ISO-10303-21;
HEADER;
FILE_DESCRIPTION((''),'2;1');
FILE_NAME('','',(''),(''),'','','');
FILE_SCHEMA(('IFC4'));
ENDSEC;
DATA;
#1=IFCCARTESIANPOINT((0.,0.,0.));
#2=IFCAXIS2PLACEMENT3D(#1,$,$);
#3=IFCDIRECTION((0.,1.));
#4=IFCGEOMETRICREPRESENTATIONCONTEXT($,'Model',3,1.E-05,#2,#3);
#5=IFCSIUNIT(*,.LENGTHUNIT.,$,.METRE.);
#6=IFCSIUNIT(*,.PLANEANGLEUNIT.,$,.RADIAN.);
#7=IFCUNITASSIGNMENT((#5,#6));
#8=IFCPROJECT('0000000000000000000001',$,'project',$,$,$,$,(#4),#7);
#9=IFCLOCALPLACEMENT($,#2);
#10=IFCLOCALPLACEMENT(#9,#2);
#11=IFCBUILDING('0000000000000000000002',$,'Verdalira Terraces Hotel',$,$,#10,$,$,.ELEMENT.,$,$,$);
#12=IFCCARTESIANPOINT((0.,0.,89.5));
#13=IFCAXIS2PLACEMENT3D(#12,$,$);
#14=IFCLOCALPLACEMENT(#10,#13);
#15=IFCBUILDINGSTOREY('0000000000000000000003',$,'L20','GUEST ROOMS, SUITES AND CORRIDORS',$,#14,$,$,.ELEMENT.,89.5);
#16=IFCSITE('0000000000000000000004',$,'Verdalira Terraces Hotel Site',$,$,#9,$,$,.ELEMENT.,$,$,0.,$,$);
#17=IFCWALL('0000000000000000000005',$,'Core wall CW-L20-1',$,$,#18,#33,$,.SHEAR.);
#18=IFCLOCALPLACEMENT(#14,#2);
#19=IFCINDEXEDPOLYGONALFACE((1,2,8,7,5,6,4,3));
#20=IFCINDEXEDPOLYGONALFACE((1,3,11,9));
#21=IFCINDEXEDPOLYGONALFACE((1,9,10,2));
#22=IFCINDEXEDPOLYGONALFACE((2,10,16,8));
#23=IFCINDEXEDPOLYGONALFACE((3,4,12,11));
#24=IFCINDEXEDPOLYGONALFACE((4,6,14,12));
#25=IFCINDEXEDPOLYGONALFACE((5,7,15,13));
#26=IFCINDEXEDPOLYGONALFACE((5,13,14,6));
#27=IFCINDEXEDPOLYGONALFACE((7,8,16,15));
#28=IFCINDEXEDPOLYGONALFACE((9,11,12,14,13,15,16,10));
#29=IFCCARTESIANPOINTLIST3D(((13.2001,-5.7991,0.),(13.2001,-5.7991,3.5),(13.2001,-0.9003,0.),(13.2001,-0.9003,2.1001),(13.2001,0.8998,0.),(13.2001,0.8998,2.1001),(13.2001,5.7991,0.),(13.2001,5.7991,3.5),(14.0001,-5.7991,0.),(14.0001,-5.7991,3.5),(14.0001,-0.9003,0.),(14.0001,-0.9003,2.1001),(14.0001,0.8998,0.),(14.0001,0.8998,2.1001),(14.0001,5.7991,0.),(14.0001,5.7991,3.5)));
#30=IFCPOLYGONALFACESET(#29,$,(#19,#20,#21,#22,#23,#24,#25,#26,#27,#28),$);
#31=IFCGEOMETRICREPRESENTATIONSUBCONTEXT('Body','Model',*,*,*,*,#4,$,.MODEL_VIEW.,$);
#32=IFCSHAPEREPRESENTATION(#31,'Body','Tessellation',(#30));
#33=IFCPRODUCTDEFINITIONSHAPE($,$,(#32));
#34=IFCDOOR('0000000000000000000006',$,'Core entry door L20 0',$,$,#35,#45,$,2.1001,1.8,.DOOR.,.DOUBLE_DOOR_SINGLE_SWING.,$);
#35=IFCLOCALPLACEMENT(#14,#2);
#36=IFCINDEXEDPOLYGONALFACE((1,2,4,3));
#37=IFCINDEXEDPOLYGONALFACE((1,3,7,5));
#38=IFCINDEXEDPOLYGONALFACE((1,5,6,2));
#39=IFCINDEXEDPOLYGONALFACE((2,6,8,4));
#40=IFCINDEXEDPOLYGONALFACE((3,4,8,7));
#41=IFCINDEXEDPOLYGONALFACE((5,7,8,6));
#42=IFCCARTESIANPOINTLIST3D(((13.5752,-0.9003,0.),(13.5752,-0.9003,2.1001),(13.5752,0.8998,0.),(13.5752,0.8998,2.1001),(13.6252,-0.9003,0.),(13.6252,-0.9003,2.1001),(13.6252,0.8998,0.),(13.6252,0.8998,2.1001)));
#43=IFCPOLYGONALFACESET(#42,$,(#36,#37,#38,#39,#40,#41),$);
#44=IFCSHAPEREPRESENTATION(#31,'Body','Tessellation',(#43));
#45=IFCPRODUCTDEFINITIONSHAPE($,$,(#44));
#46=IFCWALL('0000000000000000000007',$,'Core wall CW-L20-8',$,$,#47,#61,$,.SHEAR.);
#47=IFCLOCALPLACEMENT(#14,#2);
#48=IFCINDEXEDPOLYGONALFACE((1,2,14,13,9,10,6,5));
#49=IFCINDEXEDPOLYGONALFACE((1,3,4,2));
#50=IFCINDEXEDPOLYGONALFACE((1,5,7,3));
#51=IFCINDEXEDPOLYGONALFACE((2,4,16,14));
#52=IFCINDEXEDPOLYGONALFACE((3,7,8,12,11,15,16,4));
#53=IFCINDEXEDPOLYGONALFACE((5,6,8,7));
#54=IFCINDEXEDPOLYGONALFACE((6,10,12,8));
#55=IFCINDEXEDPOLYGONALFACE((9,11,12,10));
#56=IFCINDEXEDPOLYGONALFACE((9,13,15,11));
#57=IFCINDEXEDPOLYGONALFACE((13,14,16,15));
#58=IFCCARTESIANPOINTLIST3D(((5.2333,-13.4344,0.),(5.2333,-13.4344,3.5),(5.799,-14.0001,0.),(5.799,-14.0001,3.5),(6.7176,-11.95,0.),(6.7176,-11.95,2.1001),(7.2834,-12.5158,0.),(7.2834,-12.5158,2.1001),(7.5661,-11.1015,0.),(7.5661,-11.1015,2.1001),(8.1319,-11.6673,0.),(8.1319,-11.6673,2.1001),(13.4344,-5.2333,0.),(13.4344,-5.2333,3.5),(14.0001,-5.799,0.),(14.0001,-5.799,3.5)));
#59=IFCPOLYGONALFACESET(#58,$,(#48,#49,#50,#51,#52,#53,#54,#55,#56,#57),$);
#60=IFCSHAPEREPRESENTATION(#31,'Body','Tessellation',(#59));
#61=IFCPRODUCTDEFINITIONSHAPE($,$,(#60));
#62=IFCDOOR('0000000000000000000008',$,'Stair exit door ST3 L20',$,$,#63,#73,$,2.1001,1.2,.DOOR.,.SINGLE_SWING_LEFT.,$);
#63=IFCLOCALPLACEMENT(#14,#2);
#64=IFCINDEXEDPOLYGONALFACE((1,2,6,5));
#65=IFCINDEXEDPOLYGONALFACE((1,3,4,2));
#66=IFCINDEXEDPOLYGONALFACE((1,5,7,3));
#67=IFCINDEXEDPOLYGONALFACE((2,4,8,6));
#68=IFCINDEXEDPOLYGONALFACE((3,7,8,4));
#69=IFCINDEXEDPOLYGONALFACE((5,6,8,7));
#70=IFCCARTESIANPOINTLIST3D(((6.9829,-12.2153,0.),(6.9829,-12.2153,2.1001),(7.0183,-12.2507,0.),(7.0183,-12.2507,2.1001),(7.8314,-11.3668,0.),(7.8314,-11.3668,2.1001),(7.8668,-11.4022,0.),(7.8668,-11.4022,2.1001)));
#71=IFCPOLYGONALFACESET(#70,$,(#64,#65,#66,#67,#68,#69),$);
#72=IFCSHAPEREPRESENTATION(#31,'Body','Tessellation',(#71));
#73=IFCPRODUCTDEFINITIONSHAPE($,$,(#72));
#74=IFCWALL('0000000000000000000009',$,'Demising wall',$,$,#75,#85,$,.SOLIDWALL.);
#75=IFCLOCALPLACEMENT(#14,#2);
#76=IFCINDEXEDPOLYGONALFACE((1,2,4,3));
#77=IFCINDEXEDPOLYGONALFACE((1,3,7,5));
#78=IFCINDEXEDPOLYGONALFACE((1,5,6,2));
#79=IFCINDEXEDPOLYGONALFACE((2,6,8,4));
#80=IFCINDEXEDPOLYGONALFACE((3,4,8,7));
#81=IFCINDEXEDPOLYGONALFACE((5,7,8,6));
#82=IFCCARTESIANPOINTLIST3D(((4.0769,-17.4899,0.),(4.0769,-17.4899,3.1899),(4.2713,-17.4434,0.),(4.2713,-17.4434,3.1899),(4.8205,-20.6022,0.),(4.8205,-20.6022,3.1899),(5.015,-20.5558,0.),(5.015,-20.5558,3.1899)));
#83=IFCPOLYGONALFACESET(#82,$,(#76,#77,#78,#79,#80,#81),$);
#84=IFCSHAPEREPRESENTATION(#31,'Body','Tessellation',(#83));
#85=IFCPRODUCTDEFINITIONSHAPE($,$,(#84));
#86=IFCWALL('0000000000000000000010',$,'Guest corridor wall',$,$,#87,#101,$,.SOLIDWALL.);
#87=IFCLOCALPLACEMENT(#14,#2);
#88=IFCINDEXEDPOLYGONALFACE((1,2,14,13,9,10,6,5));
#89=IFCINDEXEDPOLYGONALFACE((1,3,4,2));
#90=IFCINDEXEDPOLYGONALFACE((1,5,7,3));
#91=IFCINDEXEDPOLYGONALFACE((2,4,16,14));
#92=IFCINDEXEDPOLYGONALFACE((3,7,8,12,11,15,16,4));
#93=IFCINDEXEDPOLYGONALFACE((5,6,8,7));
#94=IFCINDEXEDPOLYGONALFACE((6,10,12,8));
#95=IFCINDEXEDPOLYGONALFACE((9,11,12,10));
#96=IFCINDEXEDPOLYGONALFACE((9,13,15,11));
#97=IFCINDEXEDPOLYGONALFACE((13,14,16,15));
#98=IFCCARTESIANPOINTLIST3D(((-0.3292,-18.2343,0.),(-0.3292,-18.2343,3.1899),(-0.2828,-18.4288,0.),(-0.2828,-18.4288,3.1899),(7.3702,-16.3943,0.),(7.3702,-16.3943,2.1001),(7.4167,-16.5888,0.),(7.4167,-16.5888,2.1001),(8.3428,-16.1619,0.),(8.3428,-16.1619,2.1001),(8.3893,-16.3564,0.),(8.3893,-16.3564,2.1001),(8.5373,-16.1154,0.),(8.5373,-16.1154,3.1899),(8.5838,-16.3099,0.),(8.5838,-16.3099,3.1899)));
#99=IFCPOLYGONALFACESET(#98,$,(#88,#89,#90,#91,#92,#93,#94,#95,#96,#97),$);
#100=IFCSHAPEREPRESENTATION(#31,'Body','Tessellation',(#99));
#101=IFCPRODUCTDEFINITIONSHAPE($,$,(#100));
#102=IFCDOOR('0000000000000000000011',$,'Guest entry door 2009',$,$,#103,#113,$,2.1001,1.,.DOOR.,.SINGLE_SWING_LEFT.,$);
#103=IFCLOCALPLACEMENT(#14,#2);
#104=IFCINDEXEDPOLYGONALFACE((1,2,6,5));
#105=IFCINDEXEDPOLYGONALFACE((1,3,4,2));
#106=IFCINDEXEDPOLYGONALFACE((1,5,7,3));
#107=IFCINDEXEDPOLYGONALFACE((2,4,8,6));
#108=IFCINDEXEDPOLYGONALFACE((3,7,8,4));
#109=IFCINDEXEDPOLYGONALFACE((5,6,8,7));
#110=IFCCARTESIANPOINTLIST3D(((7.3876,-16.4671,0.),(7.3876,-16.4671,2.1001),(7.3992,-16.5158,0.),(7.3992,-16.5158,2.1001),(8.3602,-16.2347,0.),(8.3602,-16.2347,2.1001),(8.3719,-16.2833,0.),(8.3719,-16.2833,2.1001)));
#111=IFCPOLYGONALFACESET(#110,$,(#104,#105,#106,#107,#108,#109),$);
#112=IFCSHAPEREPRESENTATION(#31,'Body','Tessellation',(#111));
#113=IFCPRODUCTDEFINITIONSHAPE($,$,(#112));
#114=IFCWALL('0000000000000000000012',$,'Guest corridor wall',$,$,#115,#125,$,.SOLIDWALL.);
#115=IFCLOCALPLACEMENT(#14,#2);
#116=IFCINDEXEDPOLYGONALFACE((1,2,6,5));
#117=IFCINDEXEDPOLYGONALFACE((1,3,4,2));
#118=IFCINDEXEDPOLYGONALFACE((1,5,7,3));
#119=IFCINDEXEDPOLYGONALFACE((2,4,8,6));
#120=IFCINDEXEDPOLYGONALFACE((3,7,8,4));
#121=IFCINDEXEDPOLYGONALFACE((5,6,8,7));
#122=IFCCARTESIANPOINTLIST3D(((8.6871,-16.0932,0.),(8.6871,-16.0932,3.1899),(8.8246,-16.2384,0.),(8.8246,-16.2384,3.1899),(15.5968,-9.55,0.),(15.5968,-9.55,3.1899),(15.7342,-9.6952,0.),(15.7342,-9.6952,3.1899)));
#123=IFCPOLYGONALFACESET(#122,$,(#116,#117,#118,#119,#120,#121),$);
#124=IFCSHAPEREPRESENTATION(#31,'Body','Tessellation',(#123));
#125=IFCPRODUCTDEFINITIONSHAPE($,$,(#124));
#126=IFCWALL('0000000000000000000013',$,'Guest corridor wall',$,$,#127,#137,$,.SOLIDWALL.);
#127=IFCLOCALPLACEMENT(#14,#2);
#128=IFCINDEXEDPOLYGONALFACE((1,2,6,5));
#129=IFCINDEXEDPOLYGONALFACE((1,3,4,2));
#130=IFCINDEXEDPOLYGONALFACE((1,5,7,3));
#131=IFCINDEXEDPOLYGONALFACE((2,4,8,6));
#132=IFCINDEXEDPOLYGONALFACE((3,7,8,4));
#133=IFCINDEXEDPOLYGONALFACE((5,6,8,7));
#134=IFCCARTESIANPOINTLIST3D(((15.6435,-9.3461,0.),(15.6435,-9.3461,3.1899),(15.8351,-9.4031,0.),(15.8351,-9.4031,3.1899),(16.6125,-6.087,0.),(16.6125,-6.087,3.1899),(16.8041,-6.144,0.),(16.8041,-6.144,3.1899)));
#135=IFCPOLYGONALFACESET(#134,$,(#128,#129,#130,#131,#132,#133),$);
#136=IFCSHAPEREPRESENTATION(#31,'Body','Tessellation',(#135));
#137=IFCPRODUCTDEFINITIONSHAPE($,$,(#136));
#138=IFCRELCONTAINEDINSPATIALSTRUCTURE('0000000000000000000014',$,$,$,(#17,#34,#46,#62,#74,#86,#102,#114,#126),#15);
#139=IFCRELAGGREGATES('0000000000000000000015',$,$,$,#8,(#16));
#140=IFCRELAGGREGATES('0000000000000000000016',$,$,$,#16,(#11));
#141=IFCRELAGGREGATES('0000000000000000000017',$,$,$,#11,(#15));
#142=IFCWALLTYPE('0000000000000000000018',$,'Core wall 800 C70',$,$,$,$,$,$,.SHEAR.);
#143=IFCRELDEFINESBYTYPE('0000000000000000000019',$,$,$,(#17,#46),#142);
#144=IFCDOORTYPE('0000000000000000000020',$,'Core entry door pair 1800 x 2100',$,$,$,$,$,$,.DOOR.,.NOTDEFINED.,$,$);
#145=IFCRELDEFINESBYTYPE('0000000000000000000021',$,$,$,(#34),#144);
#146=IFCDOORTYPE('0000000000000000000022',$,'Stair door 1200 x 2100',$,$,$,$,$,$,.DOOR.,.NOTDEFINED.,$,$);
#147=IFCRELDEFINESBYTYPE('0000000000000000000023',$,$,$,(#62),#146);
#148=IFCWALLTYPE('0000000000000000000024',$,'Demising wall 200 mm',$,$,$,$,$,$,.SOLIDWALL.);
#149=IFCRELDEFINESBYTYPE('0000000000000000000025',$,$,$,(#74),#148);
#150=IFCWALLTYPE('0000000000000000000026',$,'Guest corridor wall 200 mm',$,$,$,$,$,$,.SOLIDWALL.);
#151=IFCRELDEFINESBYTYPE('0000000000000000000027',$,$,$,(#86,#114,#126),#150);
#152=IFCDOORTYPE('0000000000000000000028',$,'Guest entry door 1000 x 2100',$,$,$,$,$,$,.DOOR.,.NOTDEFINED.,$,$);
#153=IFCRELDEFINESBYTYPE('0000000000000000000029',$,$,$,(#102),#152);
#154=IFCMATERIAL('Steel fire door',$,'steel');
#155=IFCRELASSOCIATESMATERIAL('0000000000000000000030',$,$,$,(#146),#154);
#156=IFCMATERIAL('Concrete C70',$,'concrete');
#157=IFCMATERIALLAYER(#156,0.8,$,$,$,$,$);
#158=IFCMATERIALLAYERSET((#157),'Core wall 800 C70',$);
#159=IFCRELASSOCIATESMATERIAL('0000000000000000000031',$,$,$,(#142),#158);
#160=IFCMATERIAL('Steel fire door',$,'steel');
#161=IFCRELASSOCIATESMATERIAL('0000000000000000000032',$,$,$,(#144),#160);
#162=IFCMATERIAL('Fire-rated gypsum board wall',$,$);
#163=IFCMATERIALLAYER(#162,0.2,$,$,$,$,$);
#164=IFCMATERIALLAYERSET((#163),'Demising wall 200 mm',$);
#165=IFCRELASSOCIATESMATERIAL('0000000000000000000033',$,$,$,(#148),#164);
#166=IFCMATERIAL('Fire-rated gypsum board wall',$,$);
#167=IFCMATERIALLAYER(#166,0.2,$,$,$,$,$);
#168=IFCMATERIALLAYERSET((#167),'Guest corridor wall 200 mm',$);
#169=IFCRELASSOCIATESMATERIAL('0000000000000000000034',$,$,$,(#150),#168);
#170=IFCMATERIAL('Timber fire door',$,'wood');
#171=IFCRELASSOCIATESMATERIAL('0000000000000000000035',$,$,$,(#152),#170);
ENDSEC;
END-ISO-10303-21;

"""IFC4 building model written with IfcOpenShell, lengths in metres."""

from ifc_helpers import new_model, si_unit, direction, frame, frame_2d, origin, place, context, subcontext, project, spatial, rectangle, extrude, material, layer, layer_set, type_object, element, fill, save


model = new_model("IFC4")

# Units and contexts
model_context = context("Model", 3, precision=1e-05, world=origin(), true_north=direction((0.0, 1.0)))
body_context = subcontext(model_context, "Body", "Model", "MODEL_VIEW")
ifc_project = project(units=[si_unit("LENGTHUNIT", "METRE"), si_unit("PLANEANGLEUNIT", "RADIAN")], contexts=[model_context])

# Site, building, storey
site_placement = place(None, origin())
site = spatial("IfcSite", under=ifc_project, at=site_placement, Name="Verdalira Terraces Hotel Site", CompositionType="ELEMENT", RefElevation=0.0)
building_placement = place(site_placement, origin())
building = spatial("IfcBuilding", under=site, at=building_placement, Name="Verdalira Terraces Hotel", CompositionType="ELEMENT")
storey_placement = place(building_placement, frame((0.0, 0.0, 89.5)))
storey = spatial("IfcBuildingStorey", under=building, at=storey_placement, Name="L20", Description="GUEST ROOMS, SUITES AND CORRIDORS", CompositionType="ELEMENT", Elevation=89.5)

# Shared definitions
ifc_material_1 = material(Name="Steel fire door", Category="steel")
door_type_1 = type_object("IfcDoorType", Name="Stair door 1200 x 2100", OperationType="NOTDEFINED", PredefinedType="DOOR", material=ifc_material_1)

# Walls, openings, doors
ifc_material_2 = material(Name="Concrete C70", Category="concrete")
ifc_layer_1 = layer(ifc_material_2, 0.8)
ifc_layer_set_1 = layer_set([ifc_layer_1], Name="Core wall 800 C70")
wall_type_1 = type_object("IfcWallType", Name="Core wall 800 C70", PredefinedType="SHEAR", material=ifc_layer_set_1)
wall_1_placement = place(storey_placement, frame((13.6001, -5.7991, 0.0), z_axis=(0.0, 0.0, 1.0), x_axis=(0.0, 1.0, 0.0)))
wall_1 = element("IfcWall", 1, at=wall_1_placement, inside=storey, type_object=wall_type_1, Name="Core wall CW-L20-1", PredefinedType="SHEAR", context=body_context, shape_type="SweptSolid", body=[
    extrude(rectangle(XDim=11.5981, YDim=0.8, at=frame_2d((5.7991, 0.0))), origin(), (0.0, 0.0, 1.0), 3.5),
])
opening_1_placement = place(wall_1_placement, frame((4.8989, 0.0, 0.0)))
opening_1 = element("IfcOpeningElement", 2, at=opening_1_placement, cuts=wall_1, PredefinedType="OPENING", context=body_context, shape_type="SweptSolid", body=[
    extrude(rectangle(XDim=1.8, YDim=2.1001, at=frame_2d((0.8999, 1.05))), frame((0.0, 0.4099, 0.0), z_axis=(0.0, -1.0, 0.0), x_axis=(1.0, 0.0, 0.0)), (0.0, 0.0, 1.0), 0.8201),
])
ifc_material_3 = material(Name="Steel fire door", Category="steel")
door_type_2 = type_object("IfcDoorType", Name="Core entry door pair 1800 x 2100", OperationType="NOTDEFINED", PredefinedType="DOOR", material=ifc_material_3)
door_1_placement = place(opening_1_placement, origin())
door_1 = element("IfcDoor", 3, at=door_1_placement, inside=storey, type_object=door_type_2, Name="Core entry door L20 0", OperationType="DOUBLE_DOOR_SINGLE_SWING", OverallHeight=2.1001, OverallWidth=1.8, PredefinedType="DOOR", context=body_context, shape_type="SweptSolid", body=[
    extrude(rectangle(XDim=1.8, YDim=2.1001, at=frame_2d((0.8999, 1.05))), frame((0.0, 0.0249, 0.0), z_axis=(0.0, -1.0, 0.0), x_axis=(1.0, 0.0, 0.0)), (0.0, 0.0, 1.0), 0.05),
])
fill(opening_1, door_1)
wall_2_placement = place(storey_placement, frame((5.5161, -13.7173, 0.0), z_axis=(0.0, 0.0, 1.0), x_axis=(0.707107, 0.707107, 0.0)))
wall_2 = element("IfcWall", 4, at=wall_2_placement, inside=storey, type_object=wall_type_1, Name="Core wall CW-L20-8", PredefinedType="SHEAR", context=body_context, shape_type="SweptSolid", body=[
    extrude(rectangle(XDim=11.5981, YDim=0.8, at=frame_2d((5.7991, 0.0))), origin(), (0.0, 0.0, 1.0), 3.5),
])
opening_2_placement = place(wall_2_placement, frame((2.0991, 0.0, 0.0)))
opening_2 = element("IfcOpeningElement", 5, at=opening_2_placement, cuts=wall_2, PredefinedType="OPENING", context=body_context, shape_type="SweptSolid", body=[
    extrude(rectangle(XDim=1.2, YDim=2.1001, at=frame_2d((0.6001, 1.05))), frame((0.0, 0.4099, 0.0), z_axis=(0.0, -1.0, 0.0), x_axis=(1.0, 0.0, 0.0)), (0.0, 0.0, 1.0), 0.8201),
])
door_2_placement = place(opening_2_placement, origin())
door_2 = element("IfcDoor", 6, at=door_2_placement, inside=storey, type_object=door_type_1, Name="Stair exit door ST3 L20", OperationType="SINGLE_SWING_LEFT", OverallHeight=2.1001, OverallWidth=1.2, PredefinedType="DOOR", context=body_context, shape_type="SweptSolid", body=[
    extrude(rectangle(XDim=1.2, YDim=2.1001, at=frame_2d((0.6001, 1.05))), frame((0.0, 0.0249, 0.0), z_axis=(0.0, -1.0, 0.0), x_axis=(1.0, 0.0, 0.0)), (0.0, 0.0, 1.0), 0.05),
])
fill(opening_2, door_2)

# Wall
ifc_material_4 = material(Name="Fire-rated gypsum board wall")
ifc_layer_2 = layer(ifc_material_4, 0.2)
ifc_layer_set_2 = layer_set([ifc_layer_2], Name="Demising wall 200 mm")
wall_type_2 = type_object("IfcWallType", Name="Demising wall 200 mm", PredefinedType="SOLIDWALL", material=ifc_layer_set_2)
wall_3_placement = place(storey_placement, frame((4.1741, -17.4666, 0.0), z_axis=(0.0, 0.0, 1.0), x_axis=(0.232397, -0.972621, 0.0)))
element("IfcWall", 7, at=wall_3_placement, inside=storey, type_object=wall_type_2, Name="Demising wall", PredefinedType="SOLIDWALL", context=body_context, shape_type="SweptSolid", body=[
    extrude(rectangle(XDim=3.2, YDim=0.2, at=frame_2d((1.6001, 0.0))), origin(), (0.0, 0.0, 1.0), 3.1899),
])

# Wall, opening, door
ifc_material_5 = material(Name="Fire-rated gypsum board wall")
ifc_layer_3 = layer(ifc_material_5, 0.2)
ifc_layer_set_3 = layer_set([ifc_layer_3], Name="Guest corridor wall 200 mm")
wall_type_3 = type_object("IfcWallType", Name="Guest corridor wall 200 mm", PredefinedType="SOLIDWALL", material=ifc_layer_set_3)
wall_4_placement = place(storey_placement, frame((8.5605, -16.2126, 0.0), z_axis=(0.0, 0.0, 1.0), x_axis=(-0.972612, -0.232434, 0.0)))
wall_4 = element("IfcWall", 8, at=wall_4_placement, inside=storey, type_object=wall_type_3, Name="Guest corridor wall", PredefinedType="SOLIDWALL", context=body_context, shape_type="SweptSolid", body=[
    extrude(rectangle(XDim=9.1162, YDim=0.2, at=frame_2d((4.5581, 0.0))), origin(), (0.0, 0.0, 1.0), 3.1899),
])
opening_3_placement = place(wall_4_placement, frame((0.2, 0.0, 0.0)))
opening_3 = element("IfcOpeningElement", 9, at=opening_3_placement, cuts=wall_4, PredefinedType="OPENING", context=body_context, shape_type="SweptSolid", body=[
    extrude(rectangle(XDim=1.0, YDim=2.1001, at=frame_2d((0.5, 1.05))), frame((0.0, 0.1099, 0.0), z_axis=(0.0, -1.0, 0.0), x_axis=(1.0, 0.0, 0.0)), (0.0, 0.0, 1.0), 0.22),
])
ifc_material_6 = material(Name="Timber fire door", Category="wood")
door_type_3 = type_object("IfcDoorType", Name="Guest entry door 1000 x 2100", OperationType="NOTDEFINED", PredefinedType="DOOR", material=ifc_material_6)
door_3_placement = place(opening_3_placement, origin())
door_3 = element("IfcDoor", 10, at=door_3_placement, inside=storey, type_object=door_type_3, Name="Guest entry door 2009", OperationType="SINGLE_SWING_LEFT", OverallHeight=2.1001, OverallWidth=1.0, PredefinedType="DOOR", context=body_context, shape_type="SweptSolid", body=[
    extrude(rectangle(XDim=1.0, YDim=2.1001, at=frame_2d((0.5, 1.05))), frame((0.0, 0.0249, 0.0), z_axis=(0.0, -1.0, 0.0), x_axis=(1.0, 0.0, 0.0)), (0.0, 0.0, 1.0), 0.05),
])
fill(opening_3, door_3)

# Walls
wall_5_placement = place(storey_placement, frame((8.7559, -16.1658, 0.0), z_axis=(0.0, 0.0, 1.0), x_axis=(0.726099, 0.68759, 0.0)))
element("IfcWall", 11, at=wall_5_placement, inside=storey, type_object=wall_type_3, Name="Guest corridor wall", PredefinedType="SOLIDWALL", context=body_context, shape_type="SweptSolid", body=[
    extrude(rectangle(XDim=9.5161, YDim=0.2, at=frame_2d((4.7581, 0.0))), origin(), (0.0, 0.0, 1.0), 3.1899),
])
wall_6_placement = place(storey_placement, frame((15.7393, -9.3748, 0.0), z_axis=(0.0, 0.0, 1.0), x_axis=(0.284995, 0.958529, 0.0)))
element("IfcWall", 12, at=wall_6_placement, inside=storey, type_object=wall_type_3, Name="Guest corridor wall", PredefinedType="SOLIDWALL", context=body_context, shape_type="SweptSolid", body=[
    extrude(rectangle(XDim=3.4001, YDim=0.2, at=frame_2d((1.7002, 0.0))), origin(), (0.0, 0.0, 1.0), 3.1899),
])

save(model, "model.ifc")
